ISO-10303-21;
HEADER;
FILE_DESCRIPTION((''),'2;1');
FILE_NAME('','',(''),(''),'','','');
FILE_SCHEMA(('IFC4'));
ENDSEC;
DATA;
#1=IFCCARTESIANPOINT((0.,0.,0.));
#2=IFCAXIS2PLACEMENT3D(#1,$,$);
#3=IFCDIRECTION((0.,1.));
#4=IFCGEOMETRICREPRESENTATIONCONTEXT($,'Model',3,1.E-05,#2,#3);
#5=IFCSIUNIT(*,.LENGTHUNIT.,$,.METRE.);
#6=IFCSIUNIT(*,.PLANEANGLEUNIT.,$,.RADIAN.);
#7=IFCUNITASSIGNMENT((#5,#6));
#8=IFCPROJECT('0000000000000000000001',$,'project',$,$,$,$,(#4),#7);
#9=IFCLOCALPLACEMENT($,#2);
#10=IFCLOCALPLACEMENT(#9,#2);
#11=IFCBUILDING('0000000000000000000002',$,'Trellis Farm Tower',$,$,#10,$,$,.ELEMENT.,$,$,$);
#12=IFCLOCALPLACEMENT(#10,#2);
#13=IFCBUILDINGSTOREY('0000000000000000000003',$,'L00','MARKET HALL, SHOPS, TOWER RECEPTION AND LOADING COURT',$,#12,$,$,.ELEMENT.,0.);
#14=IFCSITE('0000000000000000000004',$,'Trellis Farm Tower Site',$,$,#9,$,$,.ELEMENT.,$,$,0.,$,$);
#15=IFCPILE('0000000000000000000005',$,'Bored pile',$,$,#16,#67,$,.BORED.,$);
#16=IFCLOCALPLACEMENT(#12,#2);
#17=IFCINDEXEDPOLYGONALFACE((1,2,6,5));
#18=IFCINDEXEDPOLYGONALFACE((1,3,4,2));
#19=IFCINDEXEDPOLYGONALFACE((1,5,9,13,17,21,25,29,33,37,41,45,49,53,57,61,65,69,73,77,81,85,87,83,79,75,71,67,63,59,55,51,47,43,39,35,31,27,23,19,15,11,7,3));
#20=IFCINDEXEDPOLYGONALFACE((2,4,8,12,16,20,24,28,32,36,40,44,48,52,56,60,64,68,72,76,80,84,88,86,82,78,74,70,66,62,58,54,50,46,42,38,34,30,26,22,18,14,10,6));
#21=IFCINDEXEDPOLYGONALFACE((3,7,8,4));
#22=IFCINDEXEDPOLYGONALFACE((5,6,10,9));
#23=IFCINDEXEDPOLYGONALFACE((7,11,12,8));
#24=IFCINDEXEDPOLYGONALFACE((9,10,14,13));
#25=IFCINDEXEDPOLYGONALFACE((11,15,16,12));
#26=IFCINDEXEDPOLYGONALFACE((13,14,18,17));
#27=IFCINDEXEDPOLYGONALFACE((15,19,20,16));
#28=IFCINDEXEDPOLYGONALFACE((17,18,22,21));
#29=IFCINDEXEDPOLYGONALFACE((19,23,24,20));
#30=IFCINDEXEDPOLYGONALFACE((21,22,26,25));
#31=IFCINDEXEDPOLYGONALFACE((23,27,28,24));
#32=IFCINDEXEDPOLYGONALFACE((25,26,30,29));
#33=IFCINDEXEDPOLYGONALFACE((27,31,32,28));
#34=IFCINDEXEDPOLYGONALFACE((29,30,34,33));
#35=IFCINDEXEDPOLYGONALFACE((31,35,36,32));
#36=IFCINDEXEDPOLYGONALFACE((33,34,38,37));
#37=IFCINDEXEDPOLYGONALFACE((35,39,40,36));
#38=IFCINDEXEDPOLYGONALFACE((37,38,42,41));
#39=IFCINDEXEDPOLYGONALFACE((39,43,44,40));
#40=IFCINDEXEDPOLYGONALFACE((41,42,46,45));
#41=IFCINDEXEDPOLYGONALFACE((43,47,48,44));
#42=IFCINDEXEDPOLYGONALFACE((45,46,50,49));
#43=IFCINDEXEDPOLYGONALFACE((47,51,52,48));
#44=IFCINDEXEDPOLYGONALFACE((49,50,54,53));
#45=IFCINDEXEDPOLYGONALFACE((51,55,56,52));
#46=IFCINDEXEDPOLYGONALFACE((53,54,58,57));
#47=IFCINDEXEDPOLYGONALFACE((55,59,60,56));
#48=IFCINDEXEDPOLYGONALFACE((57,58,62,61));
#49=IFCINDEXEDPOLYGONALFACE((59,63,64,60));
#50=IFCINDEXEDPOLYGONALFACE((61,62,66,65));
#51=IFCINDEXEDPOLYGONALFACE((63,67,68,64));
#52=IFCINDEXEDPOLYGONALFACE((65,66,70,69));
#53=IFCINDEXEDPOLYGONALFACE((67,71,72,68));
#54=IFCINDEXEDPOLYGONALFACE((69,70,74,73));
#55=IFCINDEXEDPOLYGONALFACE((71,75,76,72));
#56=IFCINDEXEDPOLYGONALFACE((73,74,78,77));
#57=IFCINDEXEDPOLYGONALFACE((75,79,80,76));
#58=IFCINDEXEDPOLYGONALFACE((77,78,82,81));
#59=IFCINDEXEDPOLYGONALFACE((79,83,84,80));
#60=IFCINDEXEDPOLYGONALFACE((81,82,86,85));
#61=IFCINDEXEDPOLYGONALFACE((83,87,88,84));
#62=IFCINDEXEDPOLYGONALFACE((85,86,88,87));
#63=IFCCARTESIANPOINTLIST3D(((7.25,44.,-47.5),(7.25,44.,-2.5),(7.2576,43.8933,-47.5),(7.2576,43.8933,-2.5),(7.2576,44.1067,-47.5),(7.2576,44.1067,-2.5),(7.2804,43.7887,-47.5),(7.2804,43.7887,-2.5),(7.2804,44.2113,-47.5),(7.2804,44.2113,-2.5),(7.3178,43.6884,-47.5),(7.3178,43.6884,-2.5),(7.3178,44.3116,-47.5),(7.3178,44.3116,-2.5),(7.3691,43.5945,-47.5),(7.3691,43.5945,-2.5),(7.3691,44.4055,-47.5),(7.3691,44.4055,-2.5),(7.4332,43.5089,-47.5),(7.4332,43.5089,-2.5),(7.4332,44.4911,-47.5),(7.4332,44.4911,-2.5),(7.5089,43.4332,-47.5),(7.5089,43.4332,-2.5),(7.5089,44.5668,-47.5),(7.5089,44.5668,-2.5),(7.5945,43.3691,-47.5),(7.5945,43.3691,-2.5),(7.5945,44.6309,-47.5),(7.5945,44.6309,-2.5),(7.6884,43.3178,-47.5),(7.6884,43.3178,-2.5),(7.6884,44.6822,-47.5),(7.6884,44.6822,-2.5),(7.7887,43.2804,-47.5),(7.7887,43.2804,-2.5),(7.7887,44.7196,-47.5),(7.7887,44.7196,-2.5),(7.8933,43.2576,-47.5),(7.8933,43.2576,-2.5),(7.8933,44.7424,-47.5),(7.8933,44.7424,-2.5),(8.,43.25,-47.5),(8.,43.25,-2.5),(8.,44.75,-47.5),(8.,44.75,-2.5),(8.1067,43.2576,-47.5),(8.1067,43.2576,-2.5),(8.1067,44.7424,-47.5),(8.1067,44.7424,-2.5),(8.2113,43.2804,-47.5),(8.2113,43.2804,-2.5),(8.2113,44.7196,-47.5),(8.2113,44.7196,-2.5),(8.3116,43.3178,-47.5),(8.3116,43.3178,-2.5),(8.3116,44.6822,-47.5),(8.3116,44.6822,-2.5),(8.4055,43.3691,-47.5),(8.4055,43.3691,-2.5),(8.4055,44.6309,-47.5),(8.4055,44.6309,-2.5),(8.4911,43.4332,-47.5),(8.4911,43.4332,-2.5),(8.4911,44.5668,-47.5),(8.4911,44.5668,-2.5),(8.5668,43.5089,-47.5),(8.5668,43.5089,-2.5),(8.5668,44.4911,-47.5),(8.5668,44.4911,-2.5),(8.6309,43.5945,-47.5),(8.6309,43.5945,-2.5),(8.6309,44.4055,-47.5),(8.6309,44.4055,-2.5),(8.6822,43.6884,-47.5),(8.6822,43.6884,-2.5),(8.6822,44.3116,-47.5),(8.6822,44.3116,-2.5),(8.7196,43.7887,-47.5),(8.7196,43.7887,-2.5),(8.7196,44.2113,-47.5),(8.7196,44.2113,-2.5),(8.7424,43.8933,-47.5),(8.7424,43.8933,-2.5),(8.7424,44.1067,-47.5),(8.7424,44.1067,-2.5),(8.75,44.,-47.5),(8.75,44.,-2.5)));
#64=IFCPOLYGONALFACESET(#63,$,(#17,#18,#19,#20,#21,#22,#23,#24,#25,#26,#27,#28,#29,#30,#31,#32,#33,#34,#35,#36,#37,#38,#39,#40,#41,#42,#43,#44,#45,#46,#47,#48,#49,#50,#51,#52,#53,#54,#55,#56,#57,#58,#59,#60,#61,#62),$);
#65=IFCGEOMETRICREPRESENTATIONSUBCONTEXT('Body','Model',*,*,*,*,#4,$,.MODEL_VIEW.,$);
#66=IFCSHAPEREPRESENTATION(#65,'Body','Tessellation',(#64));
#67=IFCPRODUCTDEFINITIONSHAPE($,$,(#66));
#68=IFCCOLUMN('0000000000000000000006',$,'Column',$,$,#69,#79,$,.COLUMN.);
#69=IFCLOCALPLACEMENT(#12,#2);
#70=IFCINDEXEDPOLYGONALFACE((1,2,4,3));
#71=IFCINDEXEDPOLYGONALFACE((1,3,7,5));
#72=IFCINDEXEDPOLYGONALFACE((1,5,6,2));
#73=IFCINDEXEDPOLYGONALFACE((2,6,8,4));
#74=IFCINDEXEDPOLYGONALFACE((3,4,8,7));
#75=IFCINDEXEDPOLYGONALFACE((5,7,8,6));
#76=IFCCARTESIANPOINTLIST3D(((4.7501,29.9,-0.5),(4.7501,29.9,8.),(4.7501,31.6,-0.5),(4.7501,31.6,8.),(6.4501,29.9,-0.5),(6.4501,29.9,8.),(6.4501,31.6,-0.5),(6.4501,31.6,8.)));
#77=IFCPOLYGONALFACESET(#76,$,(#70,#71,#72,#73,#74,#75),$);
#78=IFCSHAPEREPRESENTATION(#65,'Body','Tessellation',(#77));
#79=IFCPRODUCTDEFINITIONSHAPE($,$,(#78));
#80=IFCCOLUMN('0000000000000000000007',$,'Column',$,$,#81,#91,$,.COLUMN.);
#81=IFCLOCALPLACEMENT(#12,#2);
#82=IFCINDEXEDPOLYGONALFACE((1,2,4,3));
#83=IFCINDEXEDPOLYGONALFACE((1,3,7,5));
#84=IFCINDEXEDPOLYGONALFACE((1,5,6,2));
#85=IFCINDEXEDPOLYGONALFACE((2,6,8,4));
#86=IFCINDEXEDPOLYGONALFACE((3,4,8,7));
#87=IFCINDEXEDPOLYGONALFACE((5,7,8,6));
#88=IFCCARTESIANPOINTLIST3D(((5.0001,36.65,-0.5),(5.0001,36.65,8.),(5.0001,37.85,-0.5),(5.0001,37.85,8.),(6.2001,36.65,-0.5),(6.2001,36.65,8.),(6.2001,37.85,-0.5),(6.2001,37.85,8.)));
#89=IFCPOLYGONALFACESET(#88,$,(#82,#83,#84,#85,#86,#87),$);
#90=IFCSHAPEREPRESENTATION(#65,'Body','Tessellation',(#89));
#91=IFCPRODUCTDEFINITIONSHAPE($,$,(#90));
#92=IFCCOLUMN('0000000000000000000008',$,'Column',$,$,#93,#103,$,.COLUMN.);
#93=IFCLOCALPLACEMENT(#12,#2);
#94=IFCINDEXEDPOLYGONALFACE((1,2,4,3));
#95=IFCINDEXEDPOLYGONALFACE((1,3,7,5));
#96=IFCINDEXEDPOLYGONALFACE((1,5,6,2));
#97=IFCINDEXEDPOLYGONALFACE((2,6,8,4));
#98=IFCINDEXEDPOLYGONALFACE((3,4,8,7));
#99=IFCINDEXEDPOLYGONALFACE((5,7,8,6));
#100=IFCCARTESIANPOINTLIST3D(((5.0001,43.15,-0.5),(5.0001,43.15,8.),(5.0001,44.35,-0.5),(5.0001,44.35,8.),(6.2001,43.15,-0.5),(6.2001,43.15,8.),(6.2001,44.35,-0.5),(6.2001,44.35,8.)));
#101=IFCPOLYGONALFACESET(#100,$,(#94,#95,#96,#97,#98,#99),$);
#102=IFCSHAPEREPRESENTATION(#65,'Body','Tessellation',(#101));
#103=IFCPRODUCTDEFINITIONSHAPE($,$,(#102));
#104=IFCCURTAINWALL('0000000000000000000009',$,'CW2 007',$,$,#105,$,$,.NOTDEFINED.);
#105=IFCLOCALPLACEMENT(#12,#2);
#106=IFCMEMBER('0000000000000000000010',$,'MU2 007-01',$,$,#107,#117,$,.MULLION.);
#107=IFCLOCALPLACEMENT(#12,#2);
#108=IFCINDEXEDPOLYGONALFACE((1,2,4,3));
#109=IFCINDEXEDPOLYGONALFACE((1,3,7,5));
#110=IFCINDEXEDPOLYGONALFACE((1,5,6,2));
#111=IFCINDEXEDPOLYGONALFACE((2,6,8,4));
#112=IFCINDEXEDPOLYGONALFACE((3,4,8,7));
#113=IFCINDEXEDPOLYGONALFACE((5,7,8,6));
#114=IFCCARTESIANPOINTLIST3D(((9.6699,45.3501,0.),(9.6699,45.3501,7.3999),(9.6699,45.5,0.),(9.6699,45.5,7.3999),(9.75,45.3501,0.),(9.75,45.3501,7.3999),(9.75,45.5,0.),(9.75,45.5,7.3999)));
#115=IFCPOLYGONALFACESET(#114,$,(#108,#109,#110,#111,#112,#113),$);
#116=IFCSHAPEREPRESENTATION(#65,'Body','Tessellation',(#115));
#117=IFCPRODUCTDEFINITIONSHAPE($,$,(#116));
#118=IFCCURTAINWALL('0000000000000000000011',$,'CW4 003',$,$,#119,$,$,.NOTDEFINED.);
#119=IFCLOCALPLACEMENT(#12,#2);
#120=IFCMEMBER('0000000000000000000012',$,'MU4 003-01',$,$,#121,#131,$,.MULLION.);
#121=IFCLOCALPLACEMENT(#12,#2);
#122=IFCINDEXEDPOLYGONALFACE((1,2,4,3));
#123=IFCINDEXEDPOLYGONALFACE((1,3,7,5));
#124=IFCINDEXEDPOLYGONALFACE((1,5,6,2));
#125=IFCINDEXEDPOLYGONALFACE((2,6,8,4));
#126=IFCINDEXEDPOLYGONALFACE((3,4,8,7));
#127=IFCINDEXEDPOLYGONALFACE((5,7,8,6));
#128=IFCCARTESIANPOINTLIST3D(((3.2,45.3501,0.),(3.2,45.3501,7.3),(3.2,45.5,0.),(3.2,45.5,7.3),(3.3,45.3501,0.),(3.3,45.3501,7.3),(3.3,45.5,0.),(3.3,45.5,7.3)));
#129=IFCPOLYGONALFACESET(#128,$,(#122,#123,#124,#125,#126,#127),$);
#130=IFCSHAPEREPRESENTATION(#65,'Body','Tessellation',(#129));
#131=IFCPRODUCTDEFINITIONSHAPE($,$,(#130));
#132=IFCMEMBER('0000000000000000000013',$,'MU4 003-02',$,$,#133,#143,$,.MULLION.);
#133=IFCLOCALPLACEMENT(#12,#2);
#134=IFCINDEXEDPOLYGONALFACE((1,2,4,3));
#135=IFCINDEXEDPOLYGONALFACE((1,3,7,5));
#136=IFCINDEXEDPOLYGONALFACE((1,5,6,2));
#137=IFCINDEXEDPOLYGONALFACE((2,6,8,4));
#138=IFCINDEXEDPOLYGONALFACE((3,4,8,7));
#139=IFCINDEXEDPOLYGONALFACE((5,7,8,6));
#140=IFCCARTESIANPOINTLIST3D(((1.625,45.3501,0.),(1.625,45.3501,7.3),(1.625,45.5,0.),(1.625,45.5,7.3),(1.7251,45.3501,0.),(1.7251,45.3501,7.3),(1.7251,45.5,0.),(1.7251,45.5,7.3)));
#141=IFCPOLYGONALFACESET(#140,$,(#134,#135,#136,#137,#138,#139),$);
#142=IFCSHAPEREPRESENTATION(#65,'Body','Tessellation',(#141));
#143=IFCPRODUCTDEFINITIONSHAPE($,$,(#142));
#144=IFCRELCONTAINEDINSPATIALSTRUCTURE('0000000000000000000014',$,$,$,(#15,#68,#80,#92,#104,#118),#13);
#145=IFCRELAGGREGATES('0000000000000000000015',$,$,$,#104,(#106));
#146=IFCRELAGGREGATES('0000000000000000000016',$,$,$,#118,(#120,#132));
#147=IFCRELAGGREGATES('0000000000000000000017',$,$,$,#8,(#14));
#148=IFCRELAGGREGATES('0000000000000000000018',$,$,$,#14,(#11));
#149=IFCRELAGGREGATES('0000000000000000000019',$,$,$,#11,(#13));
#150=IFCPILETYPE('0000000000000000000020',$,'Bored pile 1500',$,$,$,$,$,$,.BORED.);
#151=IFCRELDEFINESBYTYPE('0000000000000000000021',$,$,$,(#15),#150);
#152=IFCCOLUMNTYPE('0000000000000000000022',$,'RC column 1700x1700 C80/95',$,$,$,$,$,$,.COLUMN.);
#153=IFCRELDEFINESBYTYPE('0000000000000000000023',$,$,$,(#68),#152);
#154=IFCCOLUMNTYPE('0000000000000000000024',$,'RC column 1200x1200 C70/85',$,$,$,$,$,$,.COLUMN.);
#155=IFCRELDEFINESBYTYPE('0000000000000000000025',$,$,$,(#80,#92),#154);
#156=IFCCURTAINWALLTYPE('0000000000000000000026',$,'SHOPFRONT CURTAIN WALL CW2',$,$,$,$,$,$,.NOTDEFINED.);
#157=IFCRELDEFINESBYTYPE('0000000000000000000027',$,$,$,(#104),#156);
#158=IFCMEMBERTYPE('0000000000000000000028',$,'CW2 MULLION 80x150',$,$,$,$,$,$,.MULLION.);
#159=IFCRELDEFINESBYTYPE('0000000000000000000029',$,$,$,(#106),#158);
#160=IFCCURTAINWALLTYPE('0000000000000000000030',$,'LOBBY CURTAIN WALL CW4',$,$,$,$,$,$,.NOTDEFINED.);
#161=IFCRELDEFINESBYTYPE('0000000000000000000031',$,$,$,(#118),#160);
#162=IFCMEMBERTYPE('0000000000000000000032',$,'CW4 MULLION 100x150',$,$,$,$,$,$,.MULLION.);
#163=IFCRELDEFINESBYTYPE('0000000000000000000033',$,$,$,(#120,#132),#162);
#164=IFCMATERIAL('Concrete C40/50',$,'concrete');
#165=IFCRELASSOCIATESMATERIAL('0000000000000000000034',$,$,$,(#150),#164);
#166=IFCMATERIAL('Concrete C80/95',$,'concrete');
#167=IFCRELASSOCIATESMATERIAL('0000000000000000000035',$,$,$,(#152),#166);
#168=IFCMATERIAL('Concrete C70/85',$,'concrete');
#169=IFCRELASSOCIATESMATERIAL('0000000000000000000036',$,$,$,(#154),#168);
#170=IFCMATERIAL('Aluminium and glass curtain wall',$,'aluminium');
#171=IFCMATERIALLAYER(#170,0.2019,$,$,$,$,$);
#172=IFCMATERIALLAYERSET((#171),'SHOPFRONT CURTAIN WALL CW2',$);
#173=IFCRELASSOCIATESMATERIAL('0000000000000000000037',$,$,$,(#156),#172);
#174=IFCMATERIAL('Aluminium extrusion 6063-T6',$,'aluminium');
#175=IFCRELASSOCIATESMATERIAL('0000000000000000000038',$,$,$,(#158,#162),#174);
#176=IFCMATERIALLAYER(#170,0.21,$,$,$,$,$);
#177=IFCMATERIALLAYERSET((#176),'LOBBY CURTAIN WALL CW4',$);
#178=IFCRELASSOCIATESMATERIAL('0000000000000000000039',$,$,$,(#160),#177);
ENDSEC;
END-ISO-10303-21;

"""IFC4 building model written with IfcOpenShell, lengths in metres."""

from ifc_helpers import new_model, si_unit, direction, frame, origin, origin_2d, place, context, subcontext, project, spatial, rectangle, circle, extrude, source, transform, mapped, material, layer, layer_set, material_profile, profile_set, type_object, element, aggregate, save


model = new_model("IFC4")

# Units and contexts
model_context = context("Model", 3, precision=1e-05, world=origin(), true_north=direction((0.0, 1.0)))
body_context = subcontext(model_context, "Body", "Model", "MODEL_VIEW")
ifc_project = project(units=[si_unit("LENGTHUNIT", "METRE"), si_unit("PLANEANGLEUNIT", "RADIAN")], contexts=[model_context])

# Site, building, storey
site_placement = place(None, origin())
site = spatial("IfcSite", under=ifc_project, at=site_placement, Name="Trellis Farm Tower Site", CompositionType="ELEMENT", RefElevation=0.0)
building_placement = place(site_placement, origin())
building = spatial("IfcBuilding", under=site, at=building_placement, Name="Trellis Farm Tower", CompositionType="ELEMENT")
storey_placement = place(building_placement, origin())
storey = spatial("IfcBuildingStorey", under=building, at=storey_placement, Name="L00", Description="MARKET HALL, SHOPS, TOWER RECEPTION AND LOADING COURT", CompositionType="ELEMENT", Elevation=0.0)

# Pile
ifc_material_1 = material(Name="Concrete C40/50", Category="concrete")
ifc_material_profile_1 = material_profile(ifc_material_1, circle(Radius=0.75, at=origin_2d()), Name="Bored pile 1500")
ifc_profile_set_1 = profile_set([ifc_material_profile_1], Name="Concrete C40/50")
pile_type = type_object("IfcPileType", Name="Bored pile 1500", PredefinedType="BORED", material=ifc_profile_set_1)
shared_shape_1 = source(origin(), body_context, "Body", "SweptSolid", [
    extrude(circle(Radius=0.75, at=origin_2d()), origin(), (0.0, 0.0, 1.0), 45.0),
])
for number, where, z_axis, x_axis, name in (
    (1, (8.0, 44.0, -2.5), (0.0, 0.0, -1.0), (1.0, 0.0, 0.0), "Bored pile"),
):
    element("IfcPile", number, at=place(storey_placement, frame(where, z_axis=z_axis, x_axis=x_axis)), inside=storey, type_object=pile_type, Name=name, PredefinedType="BORED", context=body_context, shape_type="MappedRepresentation", body=[
        mapped(shared_shape_1, transform((0.0, 0.0, 0.0))),
    ])

# Columns
ifc_material_2 = material(Name="Concrete C80/95", Category="concrete")
ifc_material_profile_2 = material_profile(ifc_material_2, rectangle(XDim=1.7, YDim=1.7, at=origin_2d()), Name="RC column 1700x1700 C80/95")
ifc_profile_set_2 = profile_set([ifc_material_profile_2], Name="Concrete C80/95")
column_type_1 = type_object("IfcColumnType", Name="RC column 1700x1700 C80/95", PredefinedType="COLUMN", material=ifc_profile_set_2)
shared_shape_2 = source(origin(), body_context, "Body", "SweptSolid", [
    extrude(rectangle(XDim=1.7, YDim=1.7, at=origin_2d()), origin(), (0.0, 0.0, 1.0), 8.5),
])
column_placement = place(storey_placement, frame((5.6001, 30.75, -0.5), z_axis=(0.0, 0.0, 1.0), x_axis=(1.0, 0.0, 0.0)))
element("IfcColumn", 2, at=column_placement, inside=storey, type_object=column_type_1, Name="Column", PredefinedType="COLUMN", context=body_context, shape_type="MappedRepresentation", body=[
    mapped(shared_shape_2, transform((0.0, 0.0, 0.0))),
])
ifc_material_3 = material(Name="Concrete C70/85", Category="concrete")
ifc_material_profile_3 = material_profile(ifc_material_3, rectangle(XDim=1.2, YDim=1.2, at=origin_2d()), Name="RC column 1200x1200 C70/85")
ifc_profile_set_3 = profile_set([ifc_material_profile_3], Name="Concrete C70/85")
column_type_2 = type_object("IfcColumnType", Name="RC column 1200x1200 C70/85", PredefinedType="COLUMN", material=ifc_profile_set_3)
shared_shape_3 = source(origin(), body_context, "Body", "SweptSolid", [
    extrude(rectangle(XDim=1.2, YDim=1.2, at=origin_2d()), origin(), (0.0, 0.0, 1.0), 8.5),
])
for number, where, z_axis, x_axis, name in (
    (3, (5.6001, 37.25, -0.5), (0.0, 0.0, 1.0), (1.0, 0.0, 0.0), "Column"),
    (4, (5.6001, 43.75, -0.5), (0.0, 0.0, 1.0), (1.0, 0.0, 0.0), "Column"),
):
    element("IfcColumn", number, at=place(storey_placement, frame(where, z_axis=z_axis, x_axis=x_axis)), inside=storey, type_object=column_type_2, Name=name, PredefinedType="COLUMN", context=body_context, shape_type="MappedRepresentation", body=[
        mapped(shared_shape_3, transform((0.0, 0.0, 0.0))),
    ])

# Curtain wall, member
ifc_material_4 = material(Name="Aluminium and glass curtain wall", Category="aluminium")
ifc_layer_1 = layer(ifc_material_4, 0.2019)
ifc_layer_set_1 = layer_set([ifc_layer_1], Name="SHOPFRONT CURTAIN WALL CW2")
curtain_wall_type_1 = type_object("IfcCurtainWallType", Name="SHOPFRONT CURTAIN WALL CW2", PredefinedType="NOTDEFINED", material=ifc_layer_set_1)
placement = place(storey_placement, origin())
curtain_wall_1 = element("IfcCurtainWall", 5, at=placement, inside=storey, type_object=curtain_wall_type_1, Name="CW2 007", PredefinedType="NOTDEFINED")
ifc_material_5 = material(Name="Aluminium extrusion 6063-T6", Category="aluminium")
ifc_material_profile_4 = material_profile(ifc_material_5, rectangle(XDim=0.0801, YDim=0.1499, at=origin_2d()), Name="MULLION 80x150")
ifc_profile_set_4 = profile_set([ifc_material_profile_4], Name="Aluminium extrusion 6063-T6")
member_type_1 = type_object("IfcMemberType", Name="CW2 MULLION 80x150", PredefinedType="MULLION", material=ifc_profile_set_4)
shared_shape_4 = source(origin(), body_context, "Body", "SweptSolid", [
    extrude(rectangle(XDim=0.0801, YDim=0.1499, at=origin_2d()), origin(), (0.0, 0.0, 1.0), 7.3999),
])
member_1_placement = place(storey_placement, frame((9.71, 45.425, 0.0), z_axis=(0.0, 0.0, 1.0), x_axis=(-1.0, 0.0, 0.0)))
member_1 = element("IfcMember", 6, at=member_1_placement, type_object=member_type_1, Name="MU2 007-01", PredefinedType="MULLION", context=body_context, shape_type="MappedRepresentation", body=[
    mapped(shared_shape_4, transform((0.0, 0.0, 0.0))),
])
aggregate(curtain_wall_1, [member_1])

# Curtain wall, members
ifc_layer_2 = layer(ifc_material_4, 0.21)
ifc_layer_set_2 = layer_set([ifc_layer_2], Name="LOBBY CURTAIN WALL CW4")
curtain_wall_type_2 = type_object("IfcCurtainWallType", Name="LOBBY CURTAIN WALL CW4", PredefinedType="NOTDEFINED", material=ifc_layer_set_2)
curtain_wall_2 = element("IfcCurtainWall", 7, at=placement, inside=storey, type_object=curtain_wall_type_2, Name="CW4 003", PredefinedType="NOTDEFINED")
ifc_material_profile_5 = material_profile(ifc_material_5, rectangle(XDim=0.1001, YDim=0.1499, at=origin_2d()), Name="MULLION 100x150")
ifc_profile_set_5 = profile_set([ifc_material_profile_5], Name="Aluminium extrusion 6063-T6")
member_type_2 = type_object("IfcMemberType", Name="CW4 MULLION 100x150", PredefinedType="MULLION", material=ifc_profile_set_5)
shared_shape_5 = source(origin(), body_context, "Body", "SweptSolid", [
    extrude(rectangle(XDim=0.1001, YDim=0.1499, at=origin_2d()), origin(), (0.0, 0.0, 1.0), 7.3),
])
member_2_placement = place(storey_placement, frame((3.25, 45.425, 0.0), z_axis=(0.0, 0.0, 1.0), x_axis=(-1.0, 0.0, 0.0)))
member_2 = element("IfcMember", 8, at=member_2_placement, type_object=member_type_2, Name="MU4 003-01", PredefinedType="MULLION", context=body_context, shape_type="MappedRepresentation", body=[
    mapped(shared_shape_5, transform((0.0, 0.0, 0.0))),
])
member_3_placement = place(storey_placement, frame((1.675, 45.425, 0.0), z_axis=(0.0, 0.0, 1.0), x_axis=(-1.0, 0.0, 0.0)))
member_3 = element("IfcMember", 9, at=member_3_placement, type_object=member_type_2, Name="MU4 003-02", PredefinedType="MULLION", context=body_context, shape_type="MappedRepresentation", body=[
    mapped(shared_shape_5, transform((0.0, 0.0, 0.0))),
])
aggregate(curtain_wall_2, [member_2, member_3])

save(model, "model.ifc")
